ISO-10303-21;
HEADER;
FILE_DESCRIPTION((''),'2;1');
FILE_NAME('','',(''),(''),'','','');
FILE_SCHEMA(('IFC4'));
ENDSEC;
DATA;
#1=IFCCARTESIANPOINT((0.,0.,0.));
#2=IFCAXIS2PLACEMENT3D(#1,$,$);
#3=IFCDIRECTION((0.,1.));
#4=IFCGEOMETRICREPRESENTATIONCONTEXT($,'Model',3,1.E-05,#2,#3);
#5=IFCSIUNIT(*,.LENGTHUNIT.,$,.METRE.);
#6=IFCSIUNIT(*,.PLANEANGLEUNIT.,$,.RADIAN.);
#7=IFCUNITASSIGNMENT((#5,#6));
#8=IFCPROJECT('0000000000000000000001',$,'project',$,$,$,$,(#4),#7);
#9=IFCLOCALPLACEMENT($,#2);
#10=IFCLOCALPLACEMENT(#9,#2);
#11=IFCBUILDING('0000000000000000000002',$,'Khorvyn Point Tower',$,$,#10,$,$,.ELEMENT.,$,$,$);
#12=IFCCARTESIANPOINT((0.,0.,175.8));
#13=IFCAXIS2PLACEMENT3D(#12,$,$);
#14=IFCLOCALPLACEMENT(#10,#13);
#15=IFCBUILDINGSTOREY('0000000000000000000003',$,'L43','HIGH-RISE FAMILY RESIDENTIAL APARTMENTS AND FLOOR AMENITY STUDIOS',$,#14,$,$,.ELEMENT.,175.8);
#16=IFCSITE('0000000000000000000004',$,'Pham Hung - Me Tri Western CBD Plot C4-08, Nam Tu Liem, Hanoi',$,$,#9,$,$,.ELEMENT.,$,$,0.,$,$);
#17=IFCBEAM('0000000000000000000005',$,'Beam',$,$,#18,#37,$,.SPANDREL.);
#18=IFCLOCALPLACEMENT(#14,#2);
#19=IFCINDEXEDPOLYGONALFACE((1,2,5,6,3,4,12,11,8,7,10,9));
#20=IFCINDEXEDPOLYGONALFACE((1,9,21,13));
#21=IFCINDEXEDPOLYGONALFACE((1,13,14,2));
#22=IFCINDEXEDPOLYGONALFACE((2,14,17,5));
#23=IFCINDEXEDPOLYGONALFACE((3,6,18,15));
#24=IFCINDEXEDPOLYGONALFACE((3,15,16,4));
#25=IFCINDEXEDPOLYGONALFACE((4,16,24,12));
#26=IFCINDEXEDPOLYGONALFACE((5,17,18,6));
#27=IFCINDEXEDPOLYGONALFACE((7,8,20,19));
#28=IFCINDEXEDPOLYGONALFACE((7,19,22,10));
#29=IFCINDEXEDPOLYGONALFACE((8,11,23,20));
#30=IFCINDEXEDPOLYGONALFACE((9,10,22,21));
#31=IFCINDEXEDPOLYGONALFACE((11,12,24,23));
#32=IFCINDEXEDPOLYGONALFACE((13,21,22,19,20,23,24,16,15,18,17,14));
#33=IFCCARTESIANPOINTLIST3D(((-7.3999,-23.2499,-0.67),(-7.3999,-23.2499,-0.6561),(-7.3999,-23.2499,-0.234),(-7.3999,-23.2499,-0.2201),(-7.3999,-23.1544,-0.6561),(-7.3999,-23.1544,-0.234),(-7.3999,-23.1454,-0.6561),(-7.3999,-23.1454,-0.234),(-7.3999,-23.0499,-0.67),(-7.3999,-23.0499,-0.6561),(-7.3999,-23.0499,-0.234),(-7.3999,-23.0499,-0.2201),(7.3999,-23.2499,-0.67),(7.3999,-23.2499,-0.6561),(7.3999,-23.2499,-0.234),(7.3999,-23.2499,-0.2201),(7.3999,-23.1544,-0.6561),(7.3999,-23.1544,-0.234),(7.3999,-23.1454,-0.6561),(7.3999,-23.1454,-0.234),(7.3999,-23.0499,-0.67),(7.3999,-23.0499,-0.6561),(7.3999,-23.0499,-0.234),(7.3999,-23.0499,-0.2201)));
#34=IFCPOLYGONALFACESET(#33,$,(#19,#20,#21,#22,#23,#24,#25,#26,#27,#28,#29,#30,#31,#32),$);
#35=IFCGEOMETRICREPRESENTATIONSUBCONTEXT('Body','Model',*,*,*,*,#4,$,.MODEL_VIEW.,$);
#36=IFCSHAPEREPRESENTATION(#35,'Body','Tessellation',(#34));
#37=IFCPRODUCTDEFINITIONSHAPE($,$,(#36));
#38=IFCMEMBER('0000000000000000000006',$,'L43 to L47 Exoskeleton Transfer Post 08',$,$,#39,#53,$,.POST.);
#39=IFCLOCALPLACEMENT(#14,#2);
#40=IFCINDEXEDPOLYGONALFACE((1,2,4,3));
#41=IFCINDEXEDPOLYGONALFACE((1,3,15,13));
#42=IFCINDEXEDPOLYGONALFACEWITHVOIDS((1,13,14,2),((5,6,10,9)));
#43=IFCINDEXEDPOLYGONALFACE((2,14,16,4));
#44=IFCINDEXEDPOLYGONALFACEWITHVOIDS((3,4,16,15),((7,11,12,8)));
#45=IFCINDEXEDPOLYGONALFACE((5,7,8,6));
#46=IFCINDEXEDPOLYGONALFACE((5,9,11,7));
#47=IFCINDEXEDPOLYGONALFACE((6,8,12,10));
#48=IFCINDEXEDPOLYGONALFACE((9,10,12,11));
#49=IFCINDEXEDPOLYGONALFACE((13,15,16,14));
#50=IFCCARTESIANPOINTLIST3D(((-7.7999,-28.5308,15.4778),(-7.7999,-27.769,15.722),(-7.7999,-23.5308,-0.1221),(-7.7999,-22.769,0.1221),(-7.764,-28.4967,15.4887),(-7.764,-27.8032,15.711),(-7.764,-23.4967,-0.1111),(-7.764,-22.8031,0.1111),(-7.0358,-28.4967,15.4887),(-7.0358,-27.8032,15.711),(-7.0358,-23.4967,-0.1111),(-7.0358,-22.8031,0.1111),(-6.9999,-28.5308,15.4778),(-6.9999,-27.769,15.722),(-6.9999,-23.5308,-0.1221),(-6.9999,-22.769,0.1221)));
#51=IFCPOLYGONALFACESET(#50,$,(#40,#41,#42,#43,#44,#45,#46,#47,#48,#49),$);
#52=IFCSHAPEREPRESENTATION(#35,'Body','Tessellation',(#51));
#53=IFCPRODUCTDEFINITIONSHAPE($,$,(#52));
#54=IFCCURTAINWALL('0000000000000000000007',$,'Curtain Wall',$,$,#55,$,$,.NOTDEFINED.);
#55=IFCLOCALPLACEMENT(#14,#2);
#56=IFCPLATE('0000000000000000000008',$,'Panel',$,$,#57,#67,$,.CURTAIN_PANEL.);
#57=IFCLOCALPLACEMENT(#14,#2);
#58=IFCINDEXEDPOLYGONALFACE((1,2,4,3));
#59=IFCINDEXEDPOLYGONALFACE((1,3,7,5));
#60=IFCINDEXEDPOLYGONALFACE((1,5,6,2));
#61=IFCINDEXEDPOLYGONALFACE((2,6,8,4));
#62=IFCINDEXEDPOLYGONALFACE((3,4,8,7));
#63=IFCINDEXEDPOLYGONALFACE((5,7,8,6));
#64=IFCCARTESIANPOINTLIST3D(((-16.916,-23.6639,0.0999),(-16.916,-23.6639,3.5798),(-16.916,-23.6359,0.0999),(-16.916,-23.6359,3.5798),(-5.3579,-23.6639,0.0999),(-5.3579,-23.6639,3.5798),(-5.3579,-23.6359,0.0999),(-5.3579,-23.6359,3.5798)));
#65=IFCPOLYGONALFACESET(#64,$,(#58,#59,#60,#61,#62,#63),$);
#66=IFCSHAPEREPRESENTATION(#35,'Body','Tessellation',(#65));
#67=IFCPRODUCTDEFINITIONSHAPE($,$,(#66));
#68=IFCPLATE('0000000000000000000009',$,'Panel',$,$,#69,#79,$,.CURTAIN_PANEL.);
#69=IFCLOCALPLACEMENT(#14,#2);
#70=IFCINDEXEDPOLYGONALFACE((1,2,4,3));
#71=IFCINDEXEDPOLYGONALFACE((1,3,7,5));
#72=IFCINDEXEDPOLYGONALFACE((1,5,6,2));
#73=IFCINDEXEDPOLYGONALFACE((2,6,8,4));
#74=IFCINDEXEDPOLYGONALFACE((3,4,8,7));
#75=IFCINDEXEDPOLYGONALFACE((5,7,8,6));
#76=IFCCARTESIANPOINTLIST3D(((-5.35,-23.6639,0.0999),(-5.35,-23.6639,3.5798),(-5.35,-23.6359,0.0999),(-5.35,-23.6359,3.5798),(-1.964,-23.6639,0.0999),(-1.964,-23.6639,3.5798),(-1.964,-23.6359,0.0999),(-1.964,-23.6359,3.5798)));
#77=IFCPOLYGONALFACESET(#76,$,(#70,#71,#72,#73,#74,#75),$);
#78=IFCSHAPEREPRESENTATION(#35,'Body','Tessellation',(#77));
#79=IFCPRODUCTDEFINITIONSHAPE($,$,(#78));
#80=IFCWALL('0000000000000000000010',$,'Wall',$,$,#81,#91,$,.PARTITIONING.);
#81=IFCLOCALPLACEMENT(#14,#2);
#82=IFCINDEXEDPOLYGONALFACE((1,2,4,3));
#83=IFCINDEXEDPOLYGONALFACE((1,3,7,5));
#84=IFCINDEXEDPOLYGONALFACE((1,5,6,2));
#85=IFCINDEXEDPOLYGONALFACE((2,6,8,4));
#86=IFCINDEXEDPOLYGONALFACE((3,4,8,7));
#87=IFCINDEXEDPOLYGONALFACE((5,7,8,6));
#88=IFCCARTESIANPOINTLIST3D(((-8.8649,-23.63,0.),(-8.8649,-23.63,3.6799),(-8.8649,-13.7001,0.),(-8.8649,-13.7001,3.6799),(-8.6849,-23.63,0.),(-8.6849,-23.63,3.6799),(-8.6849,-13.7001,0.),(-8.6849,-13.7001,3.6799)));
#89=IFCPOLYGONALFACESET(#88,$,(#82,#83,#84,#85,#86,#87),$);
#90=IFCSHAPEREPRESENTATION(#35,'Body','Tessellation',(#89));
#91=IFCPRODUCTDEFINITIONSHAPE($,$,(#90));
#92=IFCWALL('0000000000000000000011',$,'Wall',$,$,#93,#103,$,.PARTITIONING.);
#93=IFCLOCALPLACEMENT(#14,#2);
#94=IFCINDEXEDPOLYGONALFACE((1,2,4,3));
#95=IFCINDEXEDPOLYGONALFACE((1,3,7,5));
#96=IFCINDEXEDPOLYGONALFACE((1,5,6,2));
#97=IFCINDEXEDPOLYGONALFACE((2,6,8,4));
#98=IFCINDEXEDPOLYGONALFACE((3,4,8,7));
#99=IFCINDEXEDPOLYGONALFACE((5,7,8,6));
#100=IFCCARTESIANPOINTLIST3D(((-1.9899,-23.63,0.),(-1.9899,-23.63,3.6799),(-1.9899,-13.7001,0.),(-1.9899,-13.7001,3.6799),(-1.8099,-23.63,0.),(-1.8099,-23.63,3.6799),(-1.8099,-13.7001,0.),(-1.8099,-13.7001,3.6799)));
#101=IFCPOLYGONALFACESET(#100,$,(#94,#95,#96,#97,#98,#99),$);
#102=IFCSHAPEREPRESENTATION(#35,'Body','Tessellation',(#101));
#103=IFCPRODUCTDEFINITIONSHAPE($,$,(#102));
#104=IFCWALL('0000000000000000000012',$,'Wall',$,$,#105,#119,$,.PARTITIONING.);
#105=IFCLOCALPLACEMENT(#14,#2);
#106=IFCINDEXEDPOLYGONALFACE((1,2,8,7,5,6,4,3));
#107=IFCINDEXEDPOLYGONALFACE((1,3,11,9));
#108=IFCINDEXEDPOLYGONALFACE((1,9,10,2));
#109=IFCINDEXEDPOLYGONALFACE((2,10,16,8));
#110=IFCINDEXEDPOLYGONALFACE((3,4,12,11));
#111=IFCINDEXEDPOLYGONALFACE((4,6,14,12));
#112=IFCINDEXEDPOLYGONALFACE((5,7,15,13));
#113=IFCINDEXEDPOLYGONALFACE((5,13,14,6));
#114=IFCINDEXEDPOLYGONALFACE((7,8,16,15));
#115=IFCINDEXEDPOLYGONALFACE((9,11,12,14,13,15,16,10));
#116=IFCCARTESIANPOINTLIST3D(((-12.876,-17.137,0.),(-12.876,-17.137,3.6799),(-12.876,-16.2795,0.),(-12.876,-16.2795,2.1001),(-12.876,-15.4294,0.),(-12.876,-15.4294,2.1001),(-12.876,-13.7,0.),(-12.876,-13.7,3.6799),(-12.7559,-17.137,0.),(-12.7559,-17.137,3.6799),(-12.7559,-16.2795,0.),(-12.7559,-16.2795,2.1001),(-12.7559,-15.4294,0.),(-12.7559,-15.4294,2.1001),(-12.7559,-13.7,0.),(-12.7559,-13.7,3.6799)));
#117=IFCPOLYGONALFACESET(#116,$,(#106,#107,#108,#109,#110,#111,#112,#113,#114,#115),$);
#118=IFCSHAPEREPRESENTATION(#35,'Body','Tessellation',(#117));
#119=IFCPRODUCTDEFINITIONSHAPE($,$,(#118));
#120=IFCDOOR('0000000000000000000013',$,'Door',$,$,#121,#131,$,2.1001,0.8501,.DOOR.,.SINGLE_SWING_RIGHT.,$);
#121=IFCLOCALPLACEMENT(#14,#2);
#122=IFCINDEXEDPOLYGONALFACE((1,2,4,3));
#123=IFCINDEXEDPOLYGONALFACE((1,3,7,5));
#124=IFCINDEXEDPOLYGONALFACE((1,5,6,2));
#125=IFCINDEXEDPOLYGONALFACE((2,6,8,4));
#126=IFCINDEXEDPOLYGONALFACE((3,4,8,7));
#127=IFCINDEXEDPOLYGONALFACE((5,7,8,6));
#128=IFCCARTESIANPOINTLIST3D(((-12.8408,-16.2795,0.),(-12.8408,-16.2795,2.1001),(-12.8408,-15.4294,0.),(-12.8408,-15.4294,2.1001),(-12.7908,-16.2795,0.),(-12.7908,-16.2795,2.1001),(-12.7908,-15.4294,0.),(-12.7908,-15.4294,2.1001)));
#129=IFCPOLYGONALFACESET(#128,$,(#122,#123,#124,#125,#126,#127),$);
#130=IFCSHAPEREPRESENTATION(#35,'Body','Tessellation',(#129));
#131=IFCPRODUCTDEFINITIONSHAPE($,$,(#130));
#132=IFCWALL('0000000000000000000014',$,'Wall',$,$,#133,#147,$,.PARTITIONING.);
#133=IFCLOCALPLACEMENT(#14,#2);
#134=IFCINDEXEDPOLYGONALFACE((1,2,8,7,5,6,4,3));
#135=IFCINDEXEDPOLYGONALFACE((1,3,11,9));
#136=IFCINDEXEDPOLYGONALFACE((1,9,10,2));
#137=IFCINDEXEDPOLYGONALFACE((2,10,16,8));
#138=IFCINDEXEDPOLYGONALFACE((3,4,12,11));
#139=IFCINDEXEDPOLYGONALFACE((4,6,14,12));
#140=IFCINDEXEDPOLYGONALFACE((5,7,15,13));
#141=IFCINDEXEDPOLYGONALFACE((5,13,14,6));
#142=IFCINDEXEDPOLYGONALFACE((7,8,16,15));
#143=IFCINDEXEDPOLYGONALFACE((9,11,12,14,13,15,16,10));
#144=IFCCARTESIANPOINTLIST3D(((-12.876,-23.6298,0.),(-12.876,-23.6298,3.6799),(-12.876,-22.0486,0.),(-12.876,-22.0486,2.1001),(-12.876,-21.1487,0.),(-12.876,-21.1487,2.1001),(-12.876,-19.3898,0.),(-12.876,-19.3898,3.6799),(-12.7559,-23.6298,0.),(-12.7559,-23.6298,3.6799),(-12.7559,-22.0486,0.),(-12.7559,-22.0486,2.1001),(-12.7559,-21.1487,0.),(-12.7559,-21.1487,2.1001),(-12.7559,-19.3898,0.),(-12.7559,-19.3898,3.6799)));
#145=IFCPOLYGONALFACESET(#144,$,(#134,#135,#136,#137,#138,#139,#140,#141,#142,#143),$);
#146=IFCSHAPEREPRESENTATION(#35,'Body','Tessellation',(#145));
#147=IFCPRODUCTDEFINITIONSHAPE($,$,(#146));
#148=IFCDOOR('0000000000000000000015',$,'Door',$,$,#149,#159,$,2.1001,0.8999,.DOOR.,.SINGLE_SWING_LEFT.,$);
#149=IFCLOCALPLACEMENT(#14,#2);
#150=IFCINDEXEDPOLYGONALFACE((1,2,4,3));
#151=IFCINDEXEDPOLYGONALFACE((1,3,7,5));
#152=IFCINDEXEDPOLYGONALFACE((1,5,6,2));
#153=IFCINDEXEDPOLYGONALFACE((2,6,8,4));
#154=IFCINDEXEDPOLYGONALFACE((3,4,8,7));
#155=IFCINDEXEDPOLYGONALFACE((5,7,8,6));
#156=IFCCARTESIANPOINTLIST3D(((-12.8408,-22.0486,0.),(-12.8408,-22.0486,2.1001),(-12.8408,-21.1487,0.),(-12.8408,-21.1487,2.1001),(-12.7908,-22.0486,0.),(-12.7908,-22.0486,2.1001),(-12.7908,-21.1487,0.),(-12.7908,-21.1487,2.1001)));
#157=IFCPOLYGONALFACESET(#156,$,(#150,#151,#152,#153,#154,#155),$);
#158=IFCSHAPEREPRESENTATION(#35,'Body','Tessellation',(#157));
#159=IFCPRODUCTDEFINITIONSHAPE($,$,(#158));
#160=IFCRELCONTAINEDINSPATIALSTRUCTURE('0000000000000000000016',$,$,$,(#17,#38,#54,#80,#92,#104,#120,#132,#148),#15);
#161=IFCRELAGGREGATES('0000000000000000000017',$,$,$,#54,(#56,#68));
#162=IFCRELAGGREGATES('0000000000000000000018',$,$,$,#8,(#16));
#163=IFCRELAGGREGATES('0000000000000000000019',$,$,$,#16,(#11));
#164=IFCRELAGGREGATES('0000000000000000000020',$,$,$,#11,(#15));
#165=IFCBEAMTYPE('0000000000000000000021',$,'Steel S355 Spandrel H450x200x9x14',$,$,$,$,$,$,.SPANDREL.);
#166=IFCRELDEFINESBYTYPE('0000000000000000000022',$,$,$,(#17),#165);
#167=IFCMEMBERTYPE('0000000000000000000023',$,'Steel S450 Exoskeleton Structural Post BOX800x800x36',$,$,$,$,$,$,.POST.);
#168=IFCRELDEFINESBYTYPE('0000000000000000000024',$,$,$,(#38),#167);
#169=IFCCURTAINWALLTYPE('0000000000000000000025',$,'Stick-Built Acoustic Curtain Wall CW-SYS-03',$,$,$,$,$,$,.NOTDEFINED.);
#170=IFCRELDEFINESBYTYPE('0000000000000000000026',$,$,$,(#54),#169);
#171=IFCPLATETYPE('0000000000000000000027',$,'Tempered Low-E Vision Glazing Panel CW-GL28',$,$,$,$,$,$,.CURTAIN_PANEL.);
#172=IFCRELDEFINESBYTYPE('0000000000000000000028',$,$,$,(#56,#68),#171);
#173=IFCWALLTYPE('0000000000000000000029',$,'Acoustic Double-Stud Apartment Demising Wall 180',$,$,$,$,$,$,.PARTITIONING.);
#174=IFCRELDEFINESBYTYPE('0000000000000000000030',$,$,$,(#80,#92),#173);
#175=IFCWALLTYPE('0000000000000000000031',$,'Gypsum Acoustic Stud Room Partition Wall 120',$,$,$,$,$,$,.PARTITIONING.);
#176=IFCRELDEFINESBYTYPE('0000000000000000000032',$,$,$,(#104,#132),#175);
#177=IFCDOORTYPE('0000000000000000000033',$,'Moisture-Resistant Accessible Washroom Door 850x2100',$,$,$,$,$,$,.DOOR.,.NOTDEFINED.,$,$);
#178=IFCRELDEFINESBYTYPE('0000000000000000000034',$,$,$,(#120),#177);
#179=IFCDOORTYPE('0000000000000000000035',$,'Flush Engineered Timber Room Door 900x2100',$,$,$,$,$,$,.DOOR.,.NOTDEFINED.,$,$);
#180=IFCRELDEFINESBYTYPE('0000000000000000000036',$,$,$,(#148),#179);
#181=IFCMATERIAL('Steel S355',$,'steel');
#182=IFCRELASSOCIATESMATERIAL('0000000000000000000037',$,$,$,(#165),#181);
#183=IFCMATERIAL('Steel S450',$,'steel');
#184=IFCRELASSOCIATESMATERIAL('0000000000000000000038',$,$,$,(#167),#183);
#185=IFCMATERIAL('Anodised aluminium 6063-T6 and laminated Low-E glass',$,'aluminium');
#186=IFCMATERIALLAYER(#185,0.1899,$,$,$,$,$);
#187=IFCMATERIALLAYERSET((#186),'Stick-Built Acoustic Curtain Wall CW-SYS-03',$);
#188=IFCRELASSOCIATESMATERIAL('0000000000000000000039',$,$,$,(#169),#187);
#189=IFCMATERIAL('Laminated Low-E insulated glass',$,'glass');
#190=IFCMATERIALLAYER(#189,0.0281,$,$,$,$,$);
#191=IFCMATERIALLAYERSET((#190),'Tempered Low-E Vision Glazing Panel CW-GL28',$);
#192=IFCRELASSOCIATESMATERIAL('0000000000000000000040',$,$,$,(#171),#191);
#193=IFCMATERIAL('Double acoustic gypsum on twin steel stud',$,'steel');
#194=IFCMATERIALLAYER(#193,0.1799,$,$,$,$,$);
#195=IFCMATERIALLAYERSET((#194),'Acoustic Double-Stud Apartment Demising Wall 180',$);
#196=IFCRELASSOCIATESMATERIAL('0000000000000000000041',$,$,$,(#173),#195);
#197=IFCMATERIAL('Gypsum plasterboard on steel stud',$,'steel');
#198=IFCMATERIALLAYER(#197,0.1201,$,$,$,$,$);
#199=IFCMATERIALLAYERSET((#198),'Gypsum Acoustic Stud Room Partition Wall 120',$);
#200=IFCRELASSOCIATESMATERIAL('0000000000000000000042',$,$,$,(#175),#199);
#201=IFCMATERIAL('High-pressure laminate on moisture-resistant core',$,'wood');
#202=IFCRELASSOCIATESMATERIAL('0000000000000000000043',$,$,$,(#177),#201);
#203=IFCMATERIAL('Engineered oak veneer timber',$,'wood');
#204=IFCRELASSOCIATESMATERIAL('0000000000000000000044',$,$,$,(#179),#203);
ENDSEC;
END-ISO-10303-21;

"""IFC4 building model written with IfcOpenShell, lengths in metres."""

from ifc_helpers import new_model, si_unit, direction, frame, frame_2d, origin, origin_2d, place, context, subcontext, project, spatial, rectangle, hollow_rectangle, i_section, extrude, material, layer, layer_set, material_profile, profile_set, type_object, element, fill, aggregate, save


model = new_model("IFC4")

# Units and contexts
model_context = context("Model", 3, precision=1e-05, world=origin(), true_north=direction((0.0, 1.0)))
body_context = subcontext(model_context, "Body", "Model", "MODEL_VIEW")
ifc_project = project(units=[si_unit("LENGTHUNIT", "METRE"), si_unit("PLANEANGLEUNIT", "RADIAN")], contexts=[model_context])

# Site, building, storey
site_placement = place(None, origin())
site = spatial("IfcSite", under=ifc_project, at=site_placement, Name="Pham Hung - Me Tri Western CBD Plot C4-08, Nam Tu Liem, Hanoi", CompositionType="ELEMENT", RefElevation=0.0)
building_placement = place(site_placement, origin())
building = spatial("IfcBuilding", under=site, at=building_placement, Name="Khorvyn Point Tower", CompositionType="ELEMENT")
storey_placement = place(building_placement, frame((0.0, 0.0, 175.8)))
storey = spatial("IfcBuildingStorey", under=building, at=storey_placement, Name="L43", Description="HIGH-RISE FAMILY RESIDENTIAL APARTMENTS AND FLOOR AMENITY STUDIOS", CompositionType="ELEMENT", Elevation=175.8)

# Shared definitions
ifc_material_1 = material(Name="Steel S450", Category="steel")

# Beam
ifc_material_2 = material(Name="Steel S355", Category="steel")
ifc_material_profile_1 = material_profile(ifc_material_2, i_section(OverallWidth=0.2, OverallDepth=0.45, WebThickness=0.009, FlangeThickness=0.0139, at=origin_2d()))
ifc_profile_set_1 = profile_set([ifc_material_profile_1], Name="Steel S355 H450x200x9x14")
beam_type_1 = type_object("IfcBeamType", Name="Steel S355 Spandrel H450x200x9x14", PredefinedType="SPANDREL", material=ifc_profile_set_1)
beam_1_placement = place(storey_placement, frame((-7.3999, -23.1499, -0.4451), z_axis=(1.0, 0.0, 0.0), x_axis=(0.0, 1.0, 0.0)))
element("IfcBeam", 1, at=beam_1_placement, inside=storey, type_object=beam_type_1, Name="Beam", PredefinedType="SPANDREL", context=body_context, shape_type="SweptSolid", body=[
    extrude(i_section(OverallWidth=0.2, OverallDepth=0.45, WebThickness=0.009, FlangeThickness=0.0139, at=origin_2d()), origin(), (0.0, 0.0, 1.0), 14.7998),
])

# Member
ifc_material_profile_2 = material_profile(ifc_material_1, hollow_rectangle(XDim=0.8, YDim=0.8, WallThickness=0.0359, at=origin_2d()))
ifc_profile_set_2 = profile_set([ifc_material_profile_2], Name="Steel S450 BOX800x800x36")
member_type = type_object("IfcMemberType", Name="Steel S450 Exoskeleton Structural Post BOX800x800x36", PredefinedType="POST", material=ifc_profile_set_2)
member_placement = place(storey_placement, frame((-7.3999, -23.1499, 0.0), z_axis=(0.0, -0.305221, 0.952281), x_axis=(1.0, 0.0, 0.0)))
element("IfcMember", 2, at=member_placement, inside=storey, type_object=member_type, Name="L43 to L47 Exoskeleton Transfer Post 08", PredefinedType="POST", context=body_context, shape_type="SweptSolid", body=[
    extrude(hollow_rectangle(XDim=0.8, YDim=0.8, WallThickness=0.0359, at=origin_2d()), origin(), (0.0, 0.0, 1.0), 16.3816),
])

# Curtain wall, plates
ifc_material_3 = material(Name="Anodised aluminium 6063-T6 and laminated Low-E glass", Category="aluminium")
ifc_layer_1 = layer(ifc_material_3, 0.1899)
ifc_layer_set_1 = layer_set([ifc_layer_1], Name="Stick-Built Acoustic Curtain Wall CW-SYS-03")
curtain_wall_type = type_object("IfcCurtainWallType", Name="Stick-Built Acoustic Curtain Wall CW-SYS-03", PredefinedType="NOTDEFINED", material=ifc_layer_set_1)
curtain_wall_placement = place(storey_placement, origin())
curtain_wall = element("IfcCurtainWall", 3, at=curtain_wall_placement, inside=storey, type_object=curtain_wall_type, Name="Curtain Wall", PredefinedType="NOTDEFINED")
ifc_material_4 = material(Name="Laminated Low-E insulated glass", Category="glass")
ifc_layer_2 = layer(ifc_material_4, 0.0281)
ifc_layer_set_2 = layer_set([ifc_layer_2], Name="Tempered Low-E Vision Glazing Panel CW-GL28")
plate_type = type_object("IfcPlateType", Name="Tempered Low-E Vision Glazing Panel CW-GL28", PredefinedType="CURTAIN_PANEL", material=ifc_layer_set_2)
plate_1_placement = place(storey_placement, frame((-11.137, -23.6499, 0.0999), z_axis=(0.0, 0.0, 1.0), x_axis=(-1.0, 0.0, 0.0)))
plate_1 = element("IfcPlate", 4, at=plate_1_placement, type_object=plate_type, Name="Panel", PredefinedType="CURTAIN_PANEL", context=body_context, shape_type="SweptSolid", body=[
    extrude(rectangle(XDim=11.5581, YDim=0.0281, at=origin_2d()), origin(), (0.0, 0.0, 1.0), 3.48),
])
plate_2_placement = place(storey_placement, frame((-3.657, -23.6499, 0.0999), z_axis=(0.0, 0.0, 1.0), x_axis=(-1.0, 0.0, 0.0)))
plate_2 = element("IfcPlate", 5, at=plate_2_placement, type_object=plate_type, Name="Panel", PredefinedType="CURTAIN_PANEL", context=body_context, shape_type="SweptSolid", body=[
    extrude(rectangle(XDim=3.386, YDim=0.0281, at=origin_2d()), origin(), (0.0, 0.0, 1.0), 3.48),
])
aggregate(curtain_wall, [plate_1, plate_2])

# Walls
ifc_material_5 = material(Name="Double acoustic gypsum on twin steel stud", Category="steel")
ifc_layer_3 = layer(ifc_material_5, 0.1799)
ifc_layer_set_3 = layer_set([ifc_layer_3], Name="Acoustic Double-Stud Apartment Demising Wall 180")
wall_type_1 = type_object("IfcWallType", Name="Acoustic Double-Stud Apartment Demising Wall 180", PredefinedType="PARTITIONING", material=ifc_layer_set_3)
for number, where, z_axis, x_axis, name in (
    (6, (-8.7749, -23.6299, 0.0), (0.0, 0.0, 1.0), (0.0, 1.0, 0.0), "Wall"),
    (7, (-1.8999, -23.6299, 0.0), (0.0, 0.0, 1.0), (0.0, 1.0, 0.0), "Wall"),
):
    element("IfcWall", number, at=place(storey_placement, frame(where, z_axis=z_axis, x_axis=x_axis)), inside=storey, type_object=wall_type_1, Name=name, PredefinedType="PARTITIONING", context=body_context, shape_type="SweptSolid", body=[
        extrude(rectangle(XDim=9.9299, YDim=0.1799, at=frame_2d((4.9648, 0.0))), origin(), (0.0, 0.0, 1.0), 3.6799),
    ])

# Walls, openings, doors
ifc_material_6 = material(Name="Gypsum plasterboard on steel stud", Category="steel")
ifc_layer_4 = layer(ifc_material_6, 0.1201)
ifc_layer_set_4 = layer_set([ifc_layer_4], Name="Gypsum Acoustic Stud Room Partition Wall 120")
wall_type_2 = type_object("IfcWallType", Name="Gypsum Acoustic Stud Room Partition Wall 120", PredefinedType="PARTITIONING", material=ifc_layer_set_4)
wall_1_placement = place(storey_placement, frame((-12.8159, -17.137, 0.0), z_axis=(0.0, 0.0, 1.0), x_axis=(0.0, 1.0, 0.0)))
wall_1 = element("IfcWall", 8, at=wall_1_placement, inside=storey, type_object=wall_type_2, Name="Wall", PredefinedType="PARTITIONING", context=body_context, shape_type="SweptSolid", body=[
    extrude(rectangle(XDim=3.437, YDim=0.1201, at=frame_2d((1.7185, 0.0))), origin(), (0.0, 0.0, 1.0), 3.6799),
])
opening_1_placement = place(wall_1_placement, frame((0.8574, 0.0, 0.0)))
opening_1 = element("IfcOpeningElement", 9, at=opening_1_placement, cuts=wall_1, PredefinedType="OPENING", context=body_context, shape_type="SweptSolid", body=[
    extrude(rectangle(XDim=0.8501, YDim=2.1001, at=frame_2d((0.425, 1.05))), frame((0.0, 0.0701, 0.0), z_axis=(0.0, -1.0, 0.0), x_axis=(1.0, 0.0, 0.0)), (0.0, 0.0, 1.0), 0.1401),
])
ifc_material_7 = material(Name="High-pressure laminate on moisture-resistant core", Category="wood")
door_type_1 = type_object("IfcDoorType", Name="Moisture-Resistant Accessible Washroom Door 850x2100", OperationType="NOTDEFINED", PredefinedType="DOOR", material=ifc_material_7)
door_1_placement = place(opening_1_placement, origin())
door_1 = element("IfcDoor", 10, at=door_1_placement, inside=storey, type_object=door_type_1, Name="Door", OperationType="SINGLE_SWING_RIGHT", OverallHeight=2.1001, OverallWidth=0.8501, PredefinedType="DOOR", context=body_context, shape_type="SweptSolid", body=[
    extrude(rectangle(XDim=0.8501, YDim=2.1001, at=frame_2d((0.425, 1.05))), frame((0.0, 0.0249, 0.0), z_axis=(0.0, -1.0, 0.0), x_axis=(1.0, 0.0, 0.0)), (0.0, 0.0, 1.0), 0.05),
])
fill(opening_1, door_1)
wall_2_placement = place(storey_placement, frame((-12.8159, -23.6299, 0.0), z_axis=(0.0, 0.0, 1.0), x_axis=(0.0, 1.0, 0.0)))
wall_2 = element("IfcWall", 11, at=wall_2_placement, inside=storey, type_object=wall_type_2, Name="Wall", PredefinedType="PARTITIONING", context=body_context, shape_type="SweptSolid", body=[
    extrude(rectangle(XDim=4.24, YDim=0.1201, at=frame_2d((2.1201, 0.0))), origin(), (0.0, 0.0, 1.0), 3.6799),
])
opening_2_placement = place(wall_2_placement, frame((1.5813, 0.0, 0.0)))
opening_2 = element("IfcOpeningElement", 12, at=opening_2_placement, cuts=wall_2, PredefinedType="OPENING", context=body_context, shape_type="SweptSolid", body=[
    extrude(rectangle(XDim=0.8999, YDim=2.1001, at=frame_2d((0.45, 1.05))), frame((0.0, 0.0701, 0.0), z_axis=(0.0, -1.0, 0.0), x_axis=(1.0, 0.0, 0.0)), (0.0, 0.0, 1.0), 0.1401),
])
ifc_material_8 = material(Name="Engineered oak veneer timber", Category="wood")
door_type_2 = type_object("IfcDoorType", Name="Flush Engineered Timber Room Door 900x2100", OperationType="NOTDEFINED", PredefinedType="DOOR", material=ifc_material_8)
door_2_placement = place(opening_2_placement, origin())
door_2 = element("IfcDoor", 13, at=door_2_placement, inside=storey, type_object=door_type_2, Name="Door", OperationType="SINGLE_SWING_LEFT", OverallHeight=2.1001, OverallWidth=0.8999, PredefinedType="DOOR", context=body_context, shape_type="SweptSolid", body=[
    extrude(rectangle(XDim=0.8999, YDim=2.1001, at=frame_2d((0.45, 1.05))), frame((0.0, 0.0249, 0.0), z_axis=(0.0, -1.0, 0.0), x_axis=(1.0, 0.0, 0.0)), (0.0, 0.0, 1.0), 0.05),
])
fill(opening_2, door_2)

save(model, "model.ifc")
